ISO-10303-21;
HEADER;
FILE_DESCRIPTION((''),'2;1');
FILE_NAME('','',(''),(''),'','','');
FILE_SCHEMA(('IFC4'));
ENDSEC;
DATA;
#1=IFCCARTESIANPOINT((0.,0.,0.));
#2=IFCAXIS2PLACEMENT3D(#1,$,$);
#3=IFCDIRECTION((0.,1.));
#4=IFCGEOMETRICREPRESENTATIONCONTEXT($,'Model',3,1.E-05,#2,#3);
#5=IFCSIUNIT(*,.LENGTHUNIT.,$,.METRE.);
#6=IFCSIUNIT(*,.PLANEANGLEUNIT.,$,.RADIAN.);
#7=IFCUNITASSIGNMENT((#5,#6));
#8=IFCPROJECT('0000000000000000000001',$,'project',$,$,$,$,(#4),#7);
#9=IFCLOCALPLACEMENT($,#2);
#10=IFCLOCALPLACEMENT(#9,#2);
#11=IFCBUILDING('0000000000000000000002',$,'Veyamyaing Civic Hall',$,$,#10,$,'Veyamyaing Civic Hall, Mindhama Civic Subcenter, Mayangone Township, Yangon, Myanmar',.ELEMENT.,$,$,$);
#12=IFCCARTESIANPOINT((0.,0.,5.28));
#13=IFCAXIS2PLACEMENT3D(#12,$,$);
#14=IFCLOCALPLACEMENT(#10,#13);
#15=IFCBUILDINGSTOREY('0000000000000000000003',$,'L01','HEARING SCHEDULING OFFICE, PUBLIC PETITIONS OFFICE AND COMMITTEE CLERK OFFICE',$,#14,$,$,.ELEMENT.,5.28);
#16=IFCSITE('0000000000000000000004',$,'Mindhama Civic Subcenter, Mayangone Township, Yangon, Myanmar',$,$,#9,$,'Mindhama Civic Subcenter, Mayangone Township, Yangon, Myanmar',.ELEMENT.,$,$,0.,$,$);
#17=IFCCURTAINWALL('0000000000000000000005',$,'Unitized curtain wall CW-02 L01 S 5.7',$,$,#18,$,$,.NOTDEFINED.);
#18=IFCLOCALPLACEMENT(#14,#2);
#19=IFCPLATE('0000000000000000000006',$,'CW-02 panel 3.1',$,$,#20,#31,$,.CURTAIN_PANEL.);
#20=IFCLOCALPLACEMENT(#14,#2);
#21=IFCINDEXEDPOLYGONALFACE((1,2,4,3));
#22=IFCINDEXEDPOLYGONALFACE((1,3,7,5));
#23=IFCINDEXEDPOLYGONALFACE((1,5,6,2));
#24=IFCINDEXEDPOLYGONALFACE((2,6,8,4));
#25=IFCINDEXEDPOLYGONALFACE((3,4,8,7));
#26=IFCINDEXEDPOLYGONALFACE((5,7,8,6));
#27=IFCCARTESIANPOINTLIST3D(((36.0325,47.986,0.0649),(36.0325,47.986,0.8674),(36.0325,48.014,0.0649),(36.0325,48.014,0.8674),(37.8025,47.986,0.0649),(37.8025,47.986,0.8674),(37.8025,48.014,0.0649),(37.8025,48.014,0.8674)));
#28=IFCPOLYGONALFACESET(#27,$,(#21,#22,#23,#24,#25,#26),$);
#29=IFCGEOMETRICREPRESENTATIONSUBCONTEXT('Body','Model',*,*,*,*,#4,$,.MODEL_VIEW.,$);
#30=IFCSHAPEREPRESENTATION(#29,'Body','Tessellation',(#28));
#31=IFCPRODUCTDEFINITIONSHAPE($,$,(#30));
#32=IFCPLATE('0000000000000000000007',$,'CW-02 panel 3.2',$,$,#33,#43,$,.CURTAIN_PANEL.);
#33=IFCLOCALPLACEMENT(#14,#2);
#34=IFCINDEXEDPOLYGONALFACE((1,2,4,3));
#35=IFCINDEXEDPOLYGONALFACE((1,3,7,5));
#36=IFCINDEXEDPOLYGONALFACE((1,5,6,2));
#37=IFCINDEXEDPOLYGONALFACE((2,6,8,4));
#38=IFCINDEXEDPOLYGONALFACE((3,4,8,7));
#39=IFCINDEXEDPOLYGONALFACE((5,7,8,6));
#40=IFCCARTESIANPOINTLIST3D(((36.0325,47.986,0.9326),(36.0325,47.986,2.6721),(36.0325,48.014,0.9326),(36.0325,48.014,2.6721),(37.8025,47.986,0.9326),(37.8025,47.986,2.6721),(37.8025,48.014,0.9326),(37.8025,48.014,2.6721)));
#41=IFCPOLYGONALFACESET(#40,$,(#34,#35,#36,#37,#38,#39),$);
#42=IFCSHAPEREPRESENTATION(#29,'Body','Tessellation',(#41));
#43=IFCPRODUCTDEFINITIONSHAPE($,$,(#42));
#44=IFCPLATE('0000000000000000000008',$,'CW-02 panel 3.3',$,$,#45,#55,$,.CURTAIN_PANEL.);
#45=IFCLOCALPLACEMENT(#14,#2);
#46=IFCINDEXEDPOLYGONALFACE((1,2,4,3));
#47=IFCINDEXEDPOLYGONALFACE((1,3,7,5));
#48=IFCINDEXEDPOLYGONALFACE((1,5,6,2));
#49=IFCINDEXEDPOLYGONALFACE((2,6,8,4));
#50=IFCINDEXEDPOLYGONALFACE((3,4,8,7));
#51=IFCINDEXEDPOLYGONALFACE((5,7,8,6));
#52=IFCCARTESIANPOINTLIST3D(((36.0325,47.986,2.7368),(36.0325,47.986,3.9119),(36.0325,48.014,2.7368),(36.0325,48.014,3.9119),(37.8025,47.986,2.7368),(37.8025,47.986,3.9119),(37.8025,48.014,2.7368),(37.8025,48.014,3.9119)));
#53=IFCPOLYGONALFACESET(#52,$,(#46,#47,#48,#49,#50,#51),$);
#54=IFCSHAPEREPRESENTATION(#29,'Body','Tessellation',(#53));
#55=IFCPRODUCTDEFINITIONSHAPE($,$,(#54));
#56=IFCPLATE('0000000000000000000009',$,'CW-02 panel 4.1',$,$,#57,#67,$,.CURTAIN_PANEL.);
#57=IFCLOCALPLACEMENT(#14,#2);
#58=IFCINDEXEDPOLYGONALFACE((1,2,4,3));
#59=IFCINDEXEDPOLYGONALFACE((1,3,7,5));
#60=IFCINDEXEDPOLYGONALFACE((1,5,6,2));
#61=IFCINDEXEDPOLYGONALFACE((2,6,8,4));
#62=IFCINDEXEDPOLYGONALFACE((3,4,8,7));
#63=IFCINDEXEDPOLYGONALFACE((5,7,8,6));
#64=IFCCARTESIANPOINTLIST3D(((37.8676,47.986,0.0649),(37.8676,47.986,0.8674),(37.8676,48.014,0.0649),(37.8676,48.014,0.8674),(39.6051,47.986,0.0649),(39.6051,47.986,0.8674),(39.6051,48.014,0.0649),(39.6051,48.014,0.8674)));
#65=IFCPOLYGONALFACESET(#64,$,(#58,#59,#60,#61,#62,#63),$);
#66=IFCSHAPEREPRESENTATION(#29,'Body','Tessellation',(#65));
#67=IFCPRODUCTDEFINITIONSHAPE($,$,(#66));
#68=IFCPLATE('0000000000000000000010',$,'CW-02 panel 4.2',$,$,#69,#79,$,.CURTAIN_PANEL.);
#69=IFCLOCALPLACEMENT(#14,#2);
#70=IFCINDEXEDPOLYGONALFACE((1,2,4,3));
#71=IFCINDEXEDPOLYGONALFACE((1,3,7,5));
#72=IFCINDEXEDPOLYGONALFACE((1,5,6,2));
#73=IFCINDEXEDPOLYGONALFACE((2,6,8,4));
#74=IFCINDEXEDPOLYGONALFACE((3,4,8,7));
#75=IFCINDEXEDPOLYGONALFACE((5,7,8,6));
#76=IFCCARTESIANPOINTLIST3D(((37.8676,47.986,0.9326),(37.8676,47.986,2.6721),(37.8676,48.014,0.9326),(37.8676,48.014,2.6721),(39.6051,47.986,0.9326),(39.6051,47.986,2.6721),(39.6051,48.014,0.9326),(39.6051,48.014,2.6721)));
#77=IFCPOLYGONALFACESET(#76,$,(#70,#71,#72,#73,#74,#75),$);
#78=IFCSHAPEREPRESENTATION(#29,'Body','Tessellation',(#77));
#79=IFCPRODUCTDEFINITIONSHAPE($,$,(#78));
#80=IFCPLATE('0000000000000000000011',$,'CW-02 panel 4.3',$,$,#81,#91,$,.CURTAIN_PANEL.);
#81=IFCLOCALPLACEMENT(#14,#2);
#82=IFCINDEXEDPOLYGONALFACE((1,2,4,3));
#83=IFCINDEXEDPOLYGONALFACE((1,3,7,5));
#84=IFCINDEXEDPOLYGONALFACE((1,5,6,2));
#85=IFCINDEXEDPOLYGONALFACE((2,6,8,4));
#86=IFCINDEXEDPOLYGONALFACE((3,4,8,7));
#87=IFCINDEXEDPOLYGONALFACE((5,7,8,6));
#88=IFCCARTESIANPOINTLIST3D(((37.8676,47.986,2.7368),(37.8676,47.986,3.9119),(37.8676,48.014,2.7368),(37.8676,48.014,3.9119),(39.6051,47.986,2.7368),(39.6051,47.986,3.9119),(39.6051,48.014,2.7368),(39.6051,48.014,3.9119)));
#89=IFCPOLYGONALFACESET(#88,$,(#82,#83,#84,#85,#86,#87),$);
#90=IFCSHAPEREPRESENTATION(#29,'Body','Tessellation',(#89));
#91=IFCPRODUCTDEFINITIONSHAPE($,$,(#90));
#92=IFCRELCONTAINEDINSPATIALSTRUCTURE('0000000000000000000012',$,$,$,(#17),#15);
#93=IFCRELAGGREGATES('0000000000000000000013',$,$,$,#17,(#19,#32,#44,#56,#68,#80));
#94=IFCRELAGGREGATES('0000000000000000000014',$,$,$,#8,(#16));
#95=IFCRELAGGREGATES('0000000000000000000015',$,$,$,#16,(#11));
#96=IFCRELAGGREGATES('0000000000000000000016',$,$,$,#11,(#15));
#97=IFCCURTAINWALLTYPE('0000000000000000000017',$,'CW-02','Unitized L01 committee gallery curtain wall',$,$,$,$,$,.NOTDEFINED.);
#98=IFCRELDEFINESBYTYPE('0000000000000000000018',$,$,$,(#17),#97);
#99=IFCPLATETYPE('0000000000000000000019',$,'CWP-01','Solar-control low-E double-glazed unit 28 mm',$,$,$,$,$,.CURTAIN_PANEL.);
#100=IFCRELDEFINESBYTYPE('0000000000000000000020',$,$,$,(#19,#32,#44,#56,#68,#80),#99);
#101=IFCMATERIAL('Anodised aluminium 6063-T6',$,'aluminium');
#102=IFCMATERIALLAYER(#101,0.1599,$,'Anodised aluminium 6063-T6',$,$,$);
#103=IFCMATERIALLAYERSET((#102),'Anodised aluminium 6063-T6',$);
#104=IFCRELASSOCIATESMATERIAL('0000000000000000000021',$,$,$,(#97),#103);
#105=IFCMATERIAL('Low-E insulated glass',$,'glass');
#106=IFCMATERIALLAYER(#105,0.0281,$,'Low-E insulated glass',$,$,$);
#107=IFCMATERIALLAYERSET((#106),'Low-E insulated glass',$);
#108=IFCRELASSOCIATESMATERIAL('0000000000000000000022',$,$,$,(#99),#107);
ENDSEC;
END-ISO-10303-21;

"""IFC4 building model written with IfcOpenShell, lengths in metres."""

from ifc_helpers import new_model, si_unit, direction, frame, origin, origin_2d, place, context, subcontext, project, spatial, rectangle, extrude, material, layer, layer_set, type_object, element, aggregate, save


model = new_model("IFC4")

# Units and contexts
model_context = context("Model", 3, precision=1e-05, world=origin(), true_north=direction((0.0, 1.0)))
body_context = subcontext(model_context, "Body", "Model", "MODEL_VIEW")
ifc_project = project(units=[si_unit("LENGTHUNIT", "METRE"), si_unit("PLANEANGLEUNIT", "RADIAN")], contexts=[model_context])

# Site, building, storey
site_placement = place(None, origin())
site = spatial("IfcSite", under=ifc_project, at=site_placement, Name="Mindhama Civic Subcenter, Mayangone Township, Yangon, Myanmar", LongName="Mindhama Civic Subcenter, Mayangone Township, Yangon, Myanmar", CompositionType="ELEMENT", RefElevation=0.0)
building_placement = place(site_placement, origin())
building = spatial("IfcBuilding", under=site, at=building_placement, Name="Veyamyaing Civic Hall", LongName="Veyamyaing Civic Hall, Mindhama Civic Subcenter, Mayangone Township, Yangon, Myanmar", CompositionType="ELEMENT")
storey_placement = place(building_placement, frame((0.0, 0.0, 5.28)))
storey = spatial("IfcBuildingStorey", under=building, at=storey_placement, Name="L01", Description="HEARING SCHEDULING OFFICE, PUBLIC PETITIONS OFFICE AND COMMITTEE CLERK OFFICE", CompositionType="ELEMENT", Elevation=5.28)

# Curtain wall, plates
ifc_material_1 = material(Name="Anodised aluminium 6063-T6", Category="aluminium")
ifc_layer_1 = layer(ifc_material_1, 0.1599, Name="Anodised aluminium 6063-T6")
ifc_layer_set_1 = layer_set([ifc_layer_1], Name="Anodised aluminium 6063-T6")
curtain_wall_type = type_object("IfcCurtainWallType", Name="CW-02", Description="Unitized L01 committee gallery curtain wall", PredefinedType="NOTDEFINED", material=ifc_layer_set_1)
curtain_wall_placement = place(storey_placement, origin())
curtain_wall = element("IfcCurtainWall", 1, at=curtain_wall_placement, inside=storey, type_object=curtain_wall_type, Name="Unitized curtain wall CW-02 L01 S 5.7", PredefinedType="NOTDEFINED")
ifc_material_2 = material(Name="Low-E insulated glass", Category="glass")
ifc_layer_2 = layer(ifc_material_2, 0.0281, Name="Low-E insulated glass")
ifc_layer_set_2 = layer_set([ifc_layer_2], Name="Low-E insulated glass")
plate_type = type_object("IfcPlateType", Name="CWP-01", Description="Solar-control low-E double-glazed unit 28 mm", PredefinedType="CURTAIN_PANEL", material=ifc_layer_set_2)
plate_1_placement = place(storey_placement, frame((36.9175, 48.0, 0.0649), z_axis=(0.0, 0.0, 1.0), x_axis=(1.0, 0.0, 0.0)))
plate_1 = element("IfcPlate", 2, at=plate_1_placement, type_object=plate_type, Name="CW-02 panel 3.1", PredefinedType="CURTAIN_PANEL", context=body_context, shape_type="SweptSolid", body=[
    extrude(rectangle(XDim=1.77, YDim=0.0281, at=origin_2d()), origin(), (0.0, 0.0, 1.0), 0.8025),
])
plate_2_placement = place(storey_placement, frame((36.9175, 48.0, 0.9326), z_axis=(0.0, 0.0, 1.0), x_axis=(1.0, 0.0, 0.0)))
plate_2 = element("IfcPlate", 3, at=plate_2_placement, type_object=plate_type, Name="CW-02 panel 3.2", PredefinedType="CURTAIN_PANEL", context=body_context, shape_type="SweptSolid", body=[
    extrude(rectangle(XDim=1.77, YDim=0.0281, at=origin_2d()), origin(), (0.0, 0.0, 1.0), 1.7395),
])
plate_3_placement = place(storey_placement, frame((36.9175, 48.0, 2.7368), z_axis=(0.0, 0.0, 1.0), x_axis=(1.0, 0.0, 0.0)))
plate_3 = element("IfcPlate", 4, at=plate_3_placement, type_object=plate_type, Name="CW-02 panel 3.3", PredefinedType="CURTAIN_PANEL", context=body_context, shape_type="SweptSolid", body=[
    extrude(rectangle(XDim=1.77, YDim=0.0281, at=origin_2d()), origin(), (0.0, 0.0, 1.0), 1.175),
])
plate_4_placement = place(storey_placement, frame((38.7363, 48.0, 0.0649), z_axis=(0.0, 0.0, 1.0), x_axis=(1.0, 0.0, 0.0)))
plate_4 = element("IfcPlate", 5, at=plate_4_placement, type_object=plate_type, Name="CW-02 panel 4.1", PredefinedType="CURTAIN_PANEL", context=body_context, shape_type="SweptSolid", body=[
    extrude(rectangle(XDim=1.7375, YDim=0.0281, at=origin_2d()), origin(), (0.0, 0.0, 1.0), 0.8025),
])
plate_5_placement = place(storey_placement, frame((38.7363, 48.0, 0.9326), z_axis=(0.0, 0.0, 1.0), x_axis=(1.0, 0.0, 0.0)))
plate_5 = element("IfcPlate", 6, at=plate_5_placement, type_object=plate_type, Name="CW-02 panel 4.2", PredefinedType="CURTAIN_PANEL", context=body_context, shape_type="SweptSolid", body=[
    extrude(rectangle(XDim=1.7375, YDim=0.0281, at=origin_2d()), origin(), (0.0, 0.0, 1.0), 1.7395),
])
plate_6_placement = place(storey_placement, frame((38.7363, 48.0, 2.7368), z_axis=(0.0, 0.0, 1.0), x_axis=(1.0, 0.0, 0.0)))
plate_6 = element("IfcPlate", 7, at=plate_6_placement, type_object=plate_type, Name="CW-02 panel 4.3", PredefinedType="CURTAIN_PANEL", context=body_context, shape_type="SweptSolid", body=[
    extrude(rectangle(XDim=1.7375, YDim=0.0281, at=origin_2d()), origin(), (0.0, 0.0, 1.0), 1.175),
])
aggregate(curtain_wall, [plate_1, plate_2, plate_3, plate_4, plate_5, plate_6])

save(model, "model.ifc")
